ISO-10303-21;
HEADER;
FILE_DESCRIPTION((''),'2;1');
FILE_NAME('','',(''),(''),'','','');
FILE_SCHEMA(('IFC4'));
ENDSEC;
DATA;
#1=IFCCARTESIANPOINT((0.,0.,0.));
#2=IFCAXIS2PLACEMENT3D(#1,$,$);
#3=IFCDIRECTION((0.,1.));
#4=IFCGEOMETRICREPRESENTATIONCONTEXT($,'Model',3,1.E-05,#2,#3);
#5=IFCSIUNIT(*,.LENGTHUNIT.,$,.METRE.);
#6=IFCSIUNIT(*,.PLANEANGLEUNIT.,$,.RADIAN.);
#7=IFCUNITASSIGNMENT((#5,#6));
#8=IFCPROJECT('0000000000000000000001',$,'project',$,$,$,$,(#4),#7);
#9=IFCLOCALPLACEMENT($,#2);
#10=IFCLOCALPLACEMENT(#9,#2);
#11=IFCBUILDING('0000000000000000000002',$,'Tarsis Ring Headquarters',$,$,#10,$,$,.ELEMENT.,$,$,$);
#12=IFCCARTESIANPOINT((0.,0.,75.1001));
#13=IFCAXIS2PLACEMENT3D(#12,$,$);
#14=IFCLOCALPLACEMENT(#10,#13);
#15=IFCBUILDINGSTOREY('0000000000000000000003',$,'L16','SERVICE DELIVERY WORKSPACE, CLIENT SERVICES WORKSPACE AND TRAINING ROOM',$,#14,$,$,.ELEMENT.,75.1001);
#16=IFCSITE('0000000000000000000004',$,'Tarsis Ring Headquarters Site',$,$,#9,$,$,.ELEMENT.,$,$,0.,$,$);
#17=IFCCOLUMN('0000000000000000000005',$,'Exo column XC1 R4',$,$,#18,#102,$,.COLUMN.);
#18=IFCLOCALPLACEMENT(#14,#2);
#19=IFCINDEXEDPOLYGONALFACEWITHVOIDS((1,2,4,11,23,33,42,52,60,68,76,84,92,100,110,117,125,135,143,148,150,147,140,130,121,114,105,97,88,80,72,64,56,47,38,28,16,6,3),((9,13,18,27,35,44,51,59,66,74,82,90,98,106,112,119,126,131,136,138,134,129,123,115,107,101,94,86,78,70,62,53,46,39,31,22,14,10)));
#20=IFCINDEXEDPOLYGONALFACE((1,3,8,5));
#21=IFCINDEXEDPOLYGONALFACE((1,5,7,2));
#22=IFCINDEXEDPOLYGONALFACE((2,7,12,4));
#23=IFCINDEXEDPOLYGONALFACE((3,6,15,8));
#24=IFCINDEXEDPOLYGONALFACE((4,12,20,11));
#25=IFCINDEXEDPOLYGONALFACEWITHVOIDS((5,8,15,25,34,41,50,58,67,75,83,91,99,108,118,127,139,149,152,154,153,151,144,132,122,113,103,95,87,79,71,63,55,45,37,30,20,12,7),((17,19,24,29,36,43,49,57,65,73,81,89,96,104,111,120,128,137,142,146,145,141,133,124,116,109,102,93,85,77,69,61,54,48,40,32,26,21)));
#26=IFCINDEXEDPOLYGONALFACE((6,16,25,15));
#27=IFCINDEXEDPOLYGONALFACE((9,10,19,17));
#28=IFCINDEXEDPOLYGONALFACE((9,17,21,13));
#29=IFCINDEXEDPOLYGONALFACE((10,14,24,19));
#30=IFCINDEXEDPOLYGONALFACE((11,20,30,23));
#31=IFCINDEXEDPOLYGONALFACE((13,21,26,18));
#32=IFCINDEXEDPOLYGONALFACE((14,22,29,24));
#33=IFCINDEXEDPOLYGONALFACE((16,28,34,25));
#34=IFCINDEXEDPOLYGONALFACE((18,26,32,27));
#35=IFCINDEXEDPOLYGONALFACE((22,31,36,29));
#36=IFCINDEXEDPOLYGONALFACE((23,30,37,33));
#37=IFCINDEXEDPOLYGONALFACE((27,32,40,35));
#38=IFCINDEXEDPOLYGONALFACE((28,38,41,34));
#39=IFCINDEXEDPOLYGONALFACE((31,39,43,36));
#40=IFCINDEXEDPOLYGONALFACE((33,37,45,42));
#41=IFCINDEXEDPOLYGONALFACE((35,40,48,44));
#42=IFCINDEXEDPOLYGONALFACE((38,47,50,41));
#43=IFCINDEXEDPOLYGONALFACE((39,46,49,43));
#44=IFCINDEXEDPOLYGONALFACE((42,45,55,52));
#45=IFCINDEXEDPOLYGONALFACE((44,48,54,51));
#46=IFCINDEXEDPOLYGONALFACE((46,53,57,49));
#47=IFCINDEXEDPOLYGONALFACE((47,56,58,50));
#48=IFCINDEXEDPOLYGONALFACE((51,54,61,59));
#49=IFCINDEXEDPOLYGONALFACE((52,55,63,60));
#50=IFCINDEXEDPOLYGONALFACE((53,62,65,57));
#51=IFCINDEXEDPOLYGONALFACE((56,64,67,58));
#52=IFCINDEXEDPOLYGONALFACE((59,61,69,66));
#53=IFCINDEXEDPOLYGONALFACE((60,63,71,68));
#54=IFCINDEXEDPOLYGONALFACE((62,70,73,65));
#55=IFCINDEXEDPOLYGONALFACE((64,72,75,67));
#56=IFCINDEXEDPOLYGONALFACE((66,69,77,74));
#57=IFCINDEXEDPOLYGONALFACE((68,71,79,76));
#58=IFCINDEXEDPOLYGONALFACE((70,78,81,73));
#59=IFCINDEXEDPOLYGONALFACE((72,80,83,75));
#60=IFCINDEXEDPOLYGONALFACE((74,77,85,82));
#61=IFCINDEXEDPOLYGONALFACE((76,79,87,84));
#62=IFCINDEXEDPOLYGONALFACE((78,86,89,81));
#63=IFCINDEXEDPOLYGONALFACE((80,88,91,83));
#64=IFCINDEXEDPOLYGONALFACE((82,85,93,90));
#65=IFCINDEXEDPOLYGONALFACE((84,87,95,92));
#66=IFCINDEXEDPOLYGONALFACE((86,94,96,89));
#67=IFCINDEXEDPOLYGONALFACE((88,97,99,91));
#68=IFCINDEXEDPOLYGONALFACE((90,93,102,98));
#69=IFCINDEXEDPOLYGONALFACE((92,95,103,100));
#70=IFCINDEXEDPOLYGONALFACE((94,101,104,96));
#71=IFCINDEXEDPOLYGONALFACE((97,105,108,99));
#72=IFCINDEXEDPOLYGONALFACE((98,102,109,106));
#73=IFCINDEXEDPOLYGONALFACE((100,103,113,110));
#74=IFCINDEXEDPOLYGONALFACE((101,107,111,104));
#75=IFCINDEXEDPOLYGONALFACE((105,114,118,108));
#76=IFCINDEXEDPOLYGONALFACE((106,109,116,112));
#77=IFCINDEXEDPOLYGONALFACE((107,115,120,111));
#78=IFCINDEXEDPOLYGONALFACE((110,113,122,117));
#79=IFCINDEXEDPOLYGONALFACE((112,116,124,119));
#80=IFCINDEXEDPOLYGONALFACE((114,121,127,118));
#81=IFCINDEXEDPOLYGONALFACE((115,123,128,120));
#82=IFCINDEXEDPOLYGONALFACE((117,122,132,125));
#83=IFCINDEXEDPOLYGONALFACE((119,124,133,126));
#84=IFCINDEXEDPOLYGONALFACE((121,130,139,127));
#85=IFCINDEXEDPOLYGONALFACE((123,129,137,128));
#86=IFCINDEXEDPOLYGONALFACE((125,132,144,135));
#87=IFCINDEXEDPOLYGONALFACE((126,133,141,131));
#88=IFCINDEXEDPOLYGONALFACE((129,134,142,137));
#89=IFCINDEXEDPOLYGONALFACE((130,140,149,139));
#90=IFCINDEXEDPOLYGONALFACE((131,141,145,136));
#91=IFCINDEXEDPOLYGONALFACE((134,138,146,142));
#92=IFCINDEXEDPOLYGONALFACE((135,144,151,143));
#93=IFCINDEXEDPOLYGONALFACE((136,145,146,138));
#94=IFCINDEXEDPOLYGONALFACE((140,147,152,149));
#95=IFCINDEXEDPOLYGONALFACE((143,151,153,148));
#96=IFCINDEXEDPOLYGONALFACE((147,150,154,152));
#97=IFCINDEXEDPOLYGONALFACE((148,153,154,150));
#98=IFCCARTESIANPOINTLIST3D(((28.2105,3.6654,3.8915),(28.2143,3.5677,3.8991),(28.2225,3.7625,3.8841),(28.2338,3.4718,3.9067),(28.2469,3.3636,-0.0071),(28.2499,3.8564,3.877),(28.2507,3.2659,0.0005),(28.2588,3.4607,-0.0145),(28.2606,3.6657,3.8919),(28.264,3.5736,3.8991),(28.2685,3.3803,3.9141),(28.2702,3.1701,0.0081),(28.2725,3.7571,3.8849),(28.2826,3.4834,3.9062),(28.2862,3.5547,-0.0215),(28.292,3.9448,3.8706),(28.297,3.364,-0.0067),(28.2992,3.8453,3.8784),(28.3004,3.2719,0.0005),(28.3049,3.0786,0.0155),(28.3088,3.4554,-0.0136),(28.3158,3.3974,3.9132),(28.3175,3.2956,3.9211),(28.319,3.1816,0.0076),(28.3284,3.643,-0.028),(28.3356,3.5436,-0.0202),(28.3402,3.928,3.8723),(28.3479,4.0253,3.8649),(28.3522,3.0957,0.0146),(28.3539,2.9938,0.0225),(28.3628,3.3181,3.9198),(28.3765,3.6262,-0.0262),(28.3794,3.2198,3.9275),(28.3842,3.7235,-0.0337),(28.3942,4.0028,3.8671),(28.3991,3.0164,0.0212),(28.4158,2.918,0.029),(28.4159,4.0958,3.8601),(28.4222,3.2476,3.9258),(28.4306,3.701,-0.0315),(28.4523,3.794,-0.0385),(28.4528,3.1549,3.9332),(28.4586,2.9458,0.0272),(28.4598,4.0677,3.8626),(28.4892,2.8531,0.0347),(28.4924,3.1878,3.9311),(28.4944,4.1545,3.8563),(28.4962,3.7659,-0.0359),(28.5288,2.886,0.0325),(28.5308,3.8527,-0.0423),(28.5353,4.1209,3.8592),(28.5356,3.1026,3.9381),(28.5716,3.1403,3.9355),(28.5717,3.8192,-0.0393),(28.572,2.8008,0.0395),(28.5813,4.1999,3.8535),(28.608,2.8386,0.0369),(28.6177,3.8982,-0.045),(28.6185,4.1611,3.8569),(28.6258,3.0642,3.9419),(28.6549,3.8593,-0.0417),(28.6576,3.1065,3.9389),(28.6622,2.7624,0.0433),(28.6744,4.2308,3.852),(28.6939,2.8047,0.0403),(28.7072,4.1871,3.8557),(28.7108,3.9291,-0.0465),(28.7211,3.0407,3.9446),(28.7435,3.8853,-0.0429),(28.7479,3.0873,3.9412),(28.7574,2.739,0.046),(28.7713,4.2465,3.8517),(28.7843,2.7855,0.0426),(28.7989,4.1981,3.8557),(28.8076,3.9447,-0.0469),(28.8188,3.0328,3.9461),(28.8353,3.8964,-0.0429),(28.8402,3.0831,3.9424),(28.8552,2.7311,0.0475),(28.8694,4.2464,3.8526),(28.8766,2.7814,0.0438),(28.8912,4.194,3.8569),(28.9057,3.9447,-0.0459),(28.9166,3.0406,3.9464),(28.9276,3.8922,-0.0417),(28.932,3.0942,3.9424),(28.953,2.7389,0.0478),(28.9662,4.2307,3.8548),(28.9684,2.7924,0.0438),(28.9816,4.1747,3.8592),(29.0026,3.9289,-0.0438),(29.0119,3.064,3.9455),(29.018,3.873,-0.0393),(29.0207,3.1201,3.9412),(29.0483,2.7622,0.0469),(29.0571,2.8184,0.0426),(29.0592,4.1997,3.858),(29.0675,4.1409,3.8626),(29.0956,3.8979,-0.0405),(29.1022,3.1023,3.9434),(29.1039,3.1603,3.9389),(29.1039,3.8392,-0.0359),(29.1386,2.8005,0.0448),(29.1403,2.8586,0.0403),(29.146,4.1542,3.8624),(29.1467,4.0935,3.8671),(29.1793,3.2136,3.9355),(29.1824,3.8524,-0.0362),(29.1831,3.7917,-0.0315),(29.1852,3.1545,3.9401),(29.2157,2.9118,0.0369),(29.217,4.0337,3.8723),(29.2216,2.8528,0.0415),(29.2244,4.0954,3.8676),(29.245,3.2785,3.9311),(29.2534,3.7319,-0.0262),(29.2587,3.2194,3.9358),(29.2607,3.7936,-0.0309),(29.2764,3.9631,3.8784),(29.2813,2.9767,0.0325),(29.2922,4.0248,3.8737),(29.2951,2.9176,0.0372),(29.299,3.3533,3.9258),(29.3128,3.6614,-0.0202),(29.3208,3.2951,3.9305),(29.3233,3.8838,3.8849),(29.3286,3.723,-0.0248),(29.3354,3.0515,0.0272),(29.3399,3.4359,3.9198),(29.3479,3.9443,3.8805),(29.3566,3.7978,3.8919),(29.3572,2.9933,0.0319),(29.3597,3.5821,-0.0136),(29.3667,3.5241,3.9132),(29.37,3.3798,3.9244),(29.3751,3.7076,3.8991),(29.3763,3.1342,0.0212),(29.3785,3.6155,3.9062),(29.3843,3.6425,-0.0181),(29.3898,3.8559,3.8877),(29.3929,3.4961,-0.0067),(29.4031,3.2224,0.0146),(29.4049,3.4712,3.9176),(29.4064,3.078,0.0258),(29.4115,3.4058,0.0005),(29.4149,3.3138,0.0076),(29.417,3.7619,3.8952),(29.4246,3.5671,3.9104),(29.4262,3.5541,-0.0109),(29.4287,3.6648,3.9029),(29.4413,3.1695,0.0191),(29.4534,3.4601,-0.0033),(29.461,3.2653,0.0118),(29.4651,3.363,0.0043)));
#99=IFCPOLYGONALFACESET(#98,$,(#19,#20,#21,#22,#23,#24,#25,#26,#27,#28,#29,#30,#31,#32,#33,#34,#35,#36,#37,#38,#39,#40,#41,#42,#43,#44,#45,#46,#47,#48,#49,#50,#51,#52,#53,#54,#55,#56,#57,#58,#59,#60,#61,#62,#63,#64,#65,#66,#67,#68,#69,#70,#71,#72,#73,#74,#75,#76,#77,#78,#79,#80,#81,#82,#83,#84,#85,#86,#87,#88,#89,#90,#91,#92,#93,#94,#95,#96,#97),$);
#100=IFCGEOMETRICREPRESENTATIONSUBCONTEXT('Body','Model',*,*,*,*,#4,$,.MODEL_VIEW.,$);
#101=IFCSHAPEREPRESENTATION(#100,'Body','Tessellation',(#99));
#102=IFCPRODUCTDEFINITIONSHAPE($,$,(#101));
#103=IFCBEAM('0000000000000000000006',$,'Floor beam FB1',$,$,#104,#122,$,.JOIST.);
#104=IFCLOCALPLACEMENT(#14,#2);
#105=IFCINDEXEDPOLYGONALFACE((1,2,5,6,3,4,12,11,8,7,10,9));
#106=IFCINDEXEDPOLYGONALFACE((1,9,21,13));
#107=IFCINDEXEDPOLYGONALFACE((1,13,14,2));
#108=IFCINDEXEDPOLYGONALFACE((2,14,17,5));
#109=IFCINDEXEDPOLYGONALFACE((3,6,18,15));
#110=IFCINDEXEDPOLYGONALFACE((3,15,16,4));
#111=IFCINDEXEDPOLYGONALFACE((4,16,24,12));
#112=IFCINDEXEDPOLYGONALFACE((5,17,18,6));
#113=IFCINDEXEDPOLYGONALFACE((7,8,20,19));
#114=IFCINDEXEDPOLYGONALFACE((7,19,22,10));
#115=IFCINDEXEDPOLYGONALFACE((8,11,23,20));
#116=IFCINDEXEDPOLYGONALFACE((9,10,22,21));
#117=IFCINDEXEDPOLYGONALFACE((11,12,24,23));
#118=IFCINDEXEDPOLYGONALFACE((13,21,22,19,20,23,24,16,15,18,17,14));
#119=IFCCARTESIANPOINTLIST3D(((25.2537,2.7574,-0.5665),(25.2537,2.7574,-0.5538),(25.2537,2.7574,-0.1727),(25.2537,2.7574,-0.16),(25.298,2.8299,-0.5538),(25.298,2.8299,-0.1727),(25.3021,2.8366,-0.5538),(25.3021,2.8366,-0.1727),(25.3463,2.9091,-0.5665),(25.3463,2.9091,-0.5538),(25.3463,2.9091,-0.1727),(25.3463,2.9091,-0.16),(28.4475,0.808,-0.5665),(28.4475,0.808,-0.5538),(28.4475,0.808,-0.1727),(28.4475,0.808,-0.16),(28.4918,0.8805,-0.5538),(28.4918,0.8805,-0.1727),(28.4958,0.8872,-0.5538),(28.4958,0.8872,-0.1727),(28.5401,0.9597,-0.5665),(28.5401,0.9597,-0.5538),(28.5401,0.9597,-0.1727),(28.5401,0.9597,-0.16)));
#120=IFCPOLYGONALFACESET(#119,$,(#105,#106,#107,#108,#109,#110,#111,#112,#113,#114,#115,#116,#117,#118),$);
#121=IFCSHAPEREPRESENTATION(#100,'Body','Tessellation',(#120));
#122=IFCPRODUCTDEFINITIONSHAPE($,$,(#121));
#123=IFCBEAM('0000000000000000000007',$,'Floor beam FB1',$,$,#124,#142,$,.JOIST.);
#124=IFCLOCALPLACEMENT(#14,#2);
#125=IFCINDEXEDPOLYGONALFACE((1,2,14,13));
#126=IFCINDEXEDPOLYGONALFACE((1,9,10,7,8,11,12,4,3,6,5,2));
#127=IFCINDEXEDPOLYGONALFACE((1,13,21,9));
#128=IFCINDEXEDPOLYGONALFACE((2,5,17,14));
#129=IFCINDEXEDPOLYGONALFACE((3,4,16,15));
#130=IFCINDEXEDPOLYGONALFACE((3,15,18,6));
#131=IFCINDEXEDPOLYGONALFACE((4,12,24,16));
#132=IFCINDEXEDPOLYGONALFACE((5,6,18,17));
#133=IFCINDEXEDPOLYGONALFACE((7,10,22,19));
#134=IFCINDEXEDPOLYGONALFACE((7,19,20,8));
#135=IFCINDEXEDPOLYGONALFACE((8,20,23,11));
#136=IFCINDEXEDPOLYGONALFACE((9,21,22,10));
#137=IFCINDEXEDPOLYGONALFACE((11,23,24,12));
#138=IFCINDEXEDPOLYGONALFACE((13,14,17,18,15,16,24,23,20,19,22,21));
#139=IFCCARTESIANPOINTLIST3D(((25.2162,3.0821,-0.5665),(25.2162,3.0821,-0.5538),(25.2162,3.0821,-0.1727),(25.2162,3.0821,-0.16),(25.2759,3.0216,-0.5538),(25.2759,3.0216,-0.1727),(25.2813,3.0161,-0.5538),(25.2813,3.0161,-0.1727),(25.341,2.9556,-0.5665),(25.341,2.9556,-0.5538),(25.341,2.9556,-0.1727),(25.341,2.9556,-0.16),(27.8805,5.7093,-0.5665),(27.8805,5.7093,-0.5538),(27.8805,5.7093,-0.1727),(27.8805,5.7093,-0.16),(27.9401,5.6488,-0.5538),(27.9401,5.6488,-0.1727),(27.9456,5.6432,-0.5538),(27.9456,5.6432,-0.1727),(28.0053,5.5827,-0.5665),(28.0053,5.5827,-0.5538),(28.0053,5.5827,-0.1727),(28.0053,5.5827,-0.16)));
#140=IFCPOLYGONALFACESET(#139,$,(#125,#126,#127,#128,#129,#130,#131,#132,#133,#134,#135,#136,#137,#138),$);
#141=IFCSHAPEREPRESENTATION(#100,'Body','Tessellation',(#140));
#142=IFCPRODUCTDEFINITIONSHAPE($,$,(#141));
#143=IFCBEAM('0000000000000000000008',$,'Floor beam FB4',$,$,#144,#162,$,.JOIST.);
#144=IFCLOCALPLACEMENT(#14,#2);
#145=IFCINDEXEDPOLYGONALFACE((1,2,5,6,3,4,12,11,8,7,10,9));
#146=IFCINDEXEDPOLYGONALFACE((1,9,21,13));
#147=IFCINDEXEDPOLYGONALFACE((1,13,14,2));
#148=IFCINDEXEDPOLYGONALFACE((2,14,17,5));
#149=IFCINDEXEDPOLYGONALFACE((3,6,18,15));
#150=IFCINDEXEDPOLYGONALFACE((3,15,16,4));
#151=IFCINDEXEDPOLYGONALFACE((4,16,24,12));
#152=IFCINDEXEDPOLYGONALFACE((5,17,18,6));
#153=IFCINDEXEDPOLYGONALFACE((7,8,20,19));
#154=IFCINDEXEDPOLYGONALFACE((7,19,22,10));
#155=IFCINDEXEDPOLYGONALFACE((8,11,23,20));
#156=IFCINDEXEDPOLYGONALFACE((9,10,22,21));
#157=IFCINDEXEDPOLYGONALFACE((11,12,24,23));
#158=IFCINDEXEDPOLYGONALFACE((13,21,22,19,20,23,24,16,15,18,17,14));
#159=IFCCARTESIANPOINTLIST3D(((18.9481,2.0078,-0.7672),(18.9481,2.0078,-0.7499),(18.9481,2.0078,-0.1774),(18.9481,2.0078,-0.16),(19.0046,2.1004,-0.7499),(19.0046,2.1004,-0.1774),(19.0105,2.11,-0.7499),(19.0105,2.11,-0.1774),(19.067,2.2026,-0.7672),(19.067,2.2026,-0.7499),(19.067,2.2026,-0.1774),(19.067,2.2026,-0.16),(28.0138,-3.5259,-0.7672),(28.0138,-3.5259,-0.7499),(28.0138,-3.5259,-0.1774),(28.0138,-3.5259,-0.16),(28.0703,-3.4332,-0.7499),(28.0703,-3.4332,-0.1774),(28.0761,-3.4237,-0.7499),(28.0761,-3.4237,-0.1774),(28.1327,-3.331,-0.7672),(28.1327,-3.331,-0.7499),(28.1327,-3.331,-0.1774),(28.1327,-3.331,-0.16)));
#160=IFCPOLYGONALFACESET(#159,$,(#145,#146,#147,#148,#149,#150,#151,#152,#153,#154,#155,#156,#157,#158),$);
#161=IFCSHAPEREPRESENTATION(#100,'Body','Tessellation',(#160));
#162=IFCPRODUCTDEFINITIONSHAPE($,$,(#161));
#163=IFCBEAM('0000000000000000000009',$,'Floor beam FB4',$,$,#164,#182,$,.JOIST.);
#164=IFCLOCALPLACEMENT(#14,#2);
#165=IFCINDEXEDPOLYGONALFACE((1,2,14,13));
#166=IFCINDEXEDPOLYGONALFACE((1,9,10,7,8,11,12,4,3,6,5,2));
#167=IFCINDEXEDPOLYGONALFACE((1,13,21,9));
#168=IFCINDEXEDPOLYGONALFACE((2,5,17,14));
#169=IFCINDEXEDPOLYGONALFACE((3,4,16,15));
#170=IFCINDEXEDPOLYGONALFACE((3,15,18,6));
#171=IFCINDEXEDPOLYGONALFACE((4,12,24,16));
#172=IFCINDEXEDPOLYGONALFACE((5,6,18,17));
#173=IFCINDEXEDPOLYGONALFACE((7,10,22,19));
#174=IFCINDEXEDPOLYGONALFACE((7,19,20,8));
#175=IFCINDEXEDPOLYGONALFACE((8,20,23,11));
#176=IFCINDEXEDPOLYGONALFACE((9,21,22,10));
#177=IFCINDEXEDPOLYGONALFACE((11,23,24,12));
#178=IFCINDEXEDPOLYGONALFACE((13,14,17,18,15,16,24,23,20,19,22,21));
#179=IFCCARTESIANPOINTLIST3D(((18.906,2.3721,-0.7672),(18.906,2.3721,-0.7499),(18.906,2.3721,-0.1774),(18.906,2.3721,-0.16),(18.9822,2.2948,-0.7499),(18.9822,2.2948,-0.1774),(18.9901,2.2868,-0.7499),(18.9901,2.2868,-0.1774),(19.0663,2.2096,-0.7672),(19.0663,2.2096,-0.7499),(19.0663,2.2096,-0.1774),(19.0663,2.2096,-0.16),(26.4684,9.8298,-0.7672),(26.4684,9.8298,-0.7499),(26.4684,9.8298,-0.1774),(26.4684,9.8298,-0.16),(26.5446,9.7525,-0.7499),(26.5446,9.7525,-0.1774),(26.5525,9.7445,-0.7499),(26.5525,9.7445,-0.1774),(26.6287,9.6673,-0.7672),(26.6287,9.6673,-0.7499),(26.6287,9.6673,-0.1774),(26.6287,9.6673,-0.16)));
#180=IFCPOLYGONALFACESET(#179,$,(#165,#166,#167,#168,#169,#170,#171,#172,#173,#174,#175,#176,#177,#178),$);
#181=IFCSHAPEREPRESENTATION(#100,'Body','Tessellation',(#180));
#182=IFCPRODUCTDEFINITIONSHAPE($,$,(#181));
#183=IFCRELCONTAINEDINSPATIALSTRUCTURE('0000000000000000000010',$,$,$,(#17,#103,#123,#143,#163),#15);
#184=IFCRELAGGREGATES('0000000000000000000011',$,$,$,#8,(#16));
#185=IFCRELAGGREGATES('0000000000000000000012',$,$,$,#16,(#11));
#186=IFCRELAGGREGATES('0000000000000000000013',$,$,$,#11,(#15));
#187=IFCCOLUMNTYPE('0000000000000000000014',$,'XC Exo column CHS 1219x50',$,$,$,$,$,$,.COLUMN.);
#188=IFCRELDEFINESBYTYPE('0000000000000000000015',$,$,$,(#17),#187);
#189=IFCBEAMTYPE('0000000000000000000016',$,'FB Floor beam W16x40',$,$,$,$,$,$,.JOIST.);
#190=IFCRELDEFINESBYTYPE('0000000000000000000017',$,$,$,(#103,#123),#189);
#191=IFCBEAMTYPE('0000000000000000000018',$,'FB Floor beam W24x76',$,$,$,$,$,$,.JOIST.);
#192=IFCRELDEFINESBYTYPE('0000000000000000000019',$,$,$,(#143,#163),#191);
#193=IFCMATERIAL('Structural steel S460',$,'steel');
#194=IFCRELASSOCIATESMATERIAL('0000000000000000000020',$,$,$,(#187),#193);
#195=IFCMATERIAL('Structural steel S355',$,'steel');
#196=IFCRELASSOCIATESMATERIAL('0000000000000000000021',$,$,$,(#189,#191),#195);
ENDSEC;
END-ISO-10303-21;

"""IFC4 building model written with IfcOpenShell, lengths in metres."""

from ifc_helpers import new_model, si_unit, direction, frame, origin, origin_2d, place, context, subcontext, project, spatial, hollow_circle, i_section, extrude, material, material_profile, profile_set, type_object, element, save


model = new_model("IFC4")

# Units and contexts
model_context = context("Model", 3, precision=1e-05, world=origin(), true_north=direction((0.0, 1.0)))
body_context = subcontext(model_context, "Body", "Model", "MODEL_VIEW")
ifc_project = project(units=[si_unit("LENGTHUNIT", "METRE"), si_unit("PLANEANGLEUNIT", "RADIAN")], contexts=[model_context])

# Site, building, storey
site_placement = place(None, origin())
site = spatial("IfcSite", under=ifc_project, at=site_placement, Name="Tarsis Ring Headquarters Site", CompositionType="ELEMENT", RefElevation=0.0)
building_placement = place(site_placement, origin())
building = spatial("IfcBuilding", under=site, at=building_placement, Name="Tarsis Ring Headquarters", CompositionType="ELEMENT")
storey_placement = place(building_placement, frame((0.0, 0.0, 75.1001)))
storey = spatial("IfcBuildingStorey", under=building, at=storey_placement, Name="L16", Description="SERVICE DELIVERY WORKSPACE, CLIENT SERVICES WORKSPACE AND TRAINING ROOM", CompositionType="ELEMENT", Elevation=75.1001)

# Column
ifc_material_1 = material(Name="Structural steel S460", Category="steel")
ifc_material_profile_1 = material_profile(ifc_material_1, hollow_circle(Radius=0.6096, WallThickness=0.05, at=origin_2d()), Name="CHS 1219x50")
ifc_profile_set_1 = profile_set([ifc_material_profile_1], Name="Structural steel S460")
column_type = type_object("IfcColumnType", Name="XC Exo column CHS 1219x50", PredefinedType="COLUMN", material=ifc_profile_set_1)
column_placement = place(storey_placement, frame((28.856, 3.3389, 0.0005), z_axis=(-0.009302, 0.077166, 0.996975), x_axis=(-0.992812, -0.119684, 0.0)))
element("IfcColumn", 1, at=column_placement, inside=storey, type_object=column_type, Name="Exo column XC1 R4", PredefinedType="COLUMN", context=body_context, shape_type="SweptSolid", body=[
    extrude(hollow_circle(Radius=0.6096, WallThickness=0.05, at=origin_2d()), origin(), (0.0, 0.0, 1.0), 3.9104),
])

# Beams
ifc_material_2 = material(Name="Structural steel S355", Category="steel")
ifc_material_profile_2 = material_profile(ifc_material_2, i_section(OverallWidth=0.1777, OverallDepth=0.4065, WebThickness=0.0078, FlangeThickness=0.0127, at=origin_2d()), Name="W16x40")
ifc_profile_set_2 = profile_set([ifc_material_profile_2], Name="Structural steel S355")
beam_type_1 = type_object("IfcBeamType", Name="FB Floor beam W16x40", PredefinedType="JOIST", material=ifc_profile_set_2)
for number, where, z_axis, x_axis, name in (
    (2, (25.3, 2.8333, -0.3633), (0.853559, -0.520996, 0.0), (0.520996, 0.853559, 0.0), "Floor beam FB1"),
    (3, (27.9429, 5.646, -0.3633), (-0.712048, -0.702131, 0.0), (0.702131, -0.712048, 0.0), "Floor beam FB1"),
):
    element("IfcBeam", number, at=place(storey_placement, frame(where, z_axis=z_axis, x_axis=x_axis)), inside=storey, type_object=beam_type_1, Name=name, PredefinedType="JOIST", context=body_context, shape_type="SweptSolid", body=[
        extrude(i_section(OverallWidth=0.1777, OverallDepth=0.4065, WebThickness=0.0078, FlangeThickness=0.0127, at=origin_2d()), origin(), (0.0, 0.0, 1.0), 3.7417),
    ])
ifc_material_profile_3 = material_profile(ifc_material_2, i_section(OverallWidth=0.2283, OverallDepth=0.6072, WebThickness=0.0112, FlangeThickness=0.0173, at=origin_2d()), Name="W24x76")
ifc_profile_set_3 = profile_set([ifc_material_profile_3], Name="Structural steel S355")
beam_type_2 = type_object("IfcBeamType", Name="FB Floor beam W24x76", PredefinedType="JOIST", material=ifc_profile_set_3)
for number, where, z_axis, x_axis, name in (
    (4, (19.0076, 2.1052, -0.4636), (0.853552, -0.521008, 0.0), (0.521008, 0.853552, 0.0), "Floor beam FB4"),
    (5, (26.5486, 9.7485, -0.4636), (-0.71202, -0.702159, 0.0), (0.702159, -0.71202, 0.0), "Floor beam FB4"),
):
    element("IfcBeam", number, at=place(storey_placement, frame(where, z_axis=z_axis, x_axis=x_axis)), inside=storey, type_object=beam_type_2, Name=name, PredefinedType="JOIST", context=body_context, shape_type="SweptSolid", body=[
        extrude(i_section(OverallWidth=0.2283, OverallDepth=0.6072, WebThickness=0.0112, FlangeThickness=0.0173, at=origin_2d()), origin(), (0.0, 0.0, 1.0), 10.6211),
    ])

save(model, "model.ifc")
